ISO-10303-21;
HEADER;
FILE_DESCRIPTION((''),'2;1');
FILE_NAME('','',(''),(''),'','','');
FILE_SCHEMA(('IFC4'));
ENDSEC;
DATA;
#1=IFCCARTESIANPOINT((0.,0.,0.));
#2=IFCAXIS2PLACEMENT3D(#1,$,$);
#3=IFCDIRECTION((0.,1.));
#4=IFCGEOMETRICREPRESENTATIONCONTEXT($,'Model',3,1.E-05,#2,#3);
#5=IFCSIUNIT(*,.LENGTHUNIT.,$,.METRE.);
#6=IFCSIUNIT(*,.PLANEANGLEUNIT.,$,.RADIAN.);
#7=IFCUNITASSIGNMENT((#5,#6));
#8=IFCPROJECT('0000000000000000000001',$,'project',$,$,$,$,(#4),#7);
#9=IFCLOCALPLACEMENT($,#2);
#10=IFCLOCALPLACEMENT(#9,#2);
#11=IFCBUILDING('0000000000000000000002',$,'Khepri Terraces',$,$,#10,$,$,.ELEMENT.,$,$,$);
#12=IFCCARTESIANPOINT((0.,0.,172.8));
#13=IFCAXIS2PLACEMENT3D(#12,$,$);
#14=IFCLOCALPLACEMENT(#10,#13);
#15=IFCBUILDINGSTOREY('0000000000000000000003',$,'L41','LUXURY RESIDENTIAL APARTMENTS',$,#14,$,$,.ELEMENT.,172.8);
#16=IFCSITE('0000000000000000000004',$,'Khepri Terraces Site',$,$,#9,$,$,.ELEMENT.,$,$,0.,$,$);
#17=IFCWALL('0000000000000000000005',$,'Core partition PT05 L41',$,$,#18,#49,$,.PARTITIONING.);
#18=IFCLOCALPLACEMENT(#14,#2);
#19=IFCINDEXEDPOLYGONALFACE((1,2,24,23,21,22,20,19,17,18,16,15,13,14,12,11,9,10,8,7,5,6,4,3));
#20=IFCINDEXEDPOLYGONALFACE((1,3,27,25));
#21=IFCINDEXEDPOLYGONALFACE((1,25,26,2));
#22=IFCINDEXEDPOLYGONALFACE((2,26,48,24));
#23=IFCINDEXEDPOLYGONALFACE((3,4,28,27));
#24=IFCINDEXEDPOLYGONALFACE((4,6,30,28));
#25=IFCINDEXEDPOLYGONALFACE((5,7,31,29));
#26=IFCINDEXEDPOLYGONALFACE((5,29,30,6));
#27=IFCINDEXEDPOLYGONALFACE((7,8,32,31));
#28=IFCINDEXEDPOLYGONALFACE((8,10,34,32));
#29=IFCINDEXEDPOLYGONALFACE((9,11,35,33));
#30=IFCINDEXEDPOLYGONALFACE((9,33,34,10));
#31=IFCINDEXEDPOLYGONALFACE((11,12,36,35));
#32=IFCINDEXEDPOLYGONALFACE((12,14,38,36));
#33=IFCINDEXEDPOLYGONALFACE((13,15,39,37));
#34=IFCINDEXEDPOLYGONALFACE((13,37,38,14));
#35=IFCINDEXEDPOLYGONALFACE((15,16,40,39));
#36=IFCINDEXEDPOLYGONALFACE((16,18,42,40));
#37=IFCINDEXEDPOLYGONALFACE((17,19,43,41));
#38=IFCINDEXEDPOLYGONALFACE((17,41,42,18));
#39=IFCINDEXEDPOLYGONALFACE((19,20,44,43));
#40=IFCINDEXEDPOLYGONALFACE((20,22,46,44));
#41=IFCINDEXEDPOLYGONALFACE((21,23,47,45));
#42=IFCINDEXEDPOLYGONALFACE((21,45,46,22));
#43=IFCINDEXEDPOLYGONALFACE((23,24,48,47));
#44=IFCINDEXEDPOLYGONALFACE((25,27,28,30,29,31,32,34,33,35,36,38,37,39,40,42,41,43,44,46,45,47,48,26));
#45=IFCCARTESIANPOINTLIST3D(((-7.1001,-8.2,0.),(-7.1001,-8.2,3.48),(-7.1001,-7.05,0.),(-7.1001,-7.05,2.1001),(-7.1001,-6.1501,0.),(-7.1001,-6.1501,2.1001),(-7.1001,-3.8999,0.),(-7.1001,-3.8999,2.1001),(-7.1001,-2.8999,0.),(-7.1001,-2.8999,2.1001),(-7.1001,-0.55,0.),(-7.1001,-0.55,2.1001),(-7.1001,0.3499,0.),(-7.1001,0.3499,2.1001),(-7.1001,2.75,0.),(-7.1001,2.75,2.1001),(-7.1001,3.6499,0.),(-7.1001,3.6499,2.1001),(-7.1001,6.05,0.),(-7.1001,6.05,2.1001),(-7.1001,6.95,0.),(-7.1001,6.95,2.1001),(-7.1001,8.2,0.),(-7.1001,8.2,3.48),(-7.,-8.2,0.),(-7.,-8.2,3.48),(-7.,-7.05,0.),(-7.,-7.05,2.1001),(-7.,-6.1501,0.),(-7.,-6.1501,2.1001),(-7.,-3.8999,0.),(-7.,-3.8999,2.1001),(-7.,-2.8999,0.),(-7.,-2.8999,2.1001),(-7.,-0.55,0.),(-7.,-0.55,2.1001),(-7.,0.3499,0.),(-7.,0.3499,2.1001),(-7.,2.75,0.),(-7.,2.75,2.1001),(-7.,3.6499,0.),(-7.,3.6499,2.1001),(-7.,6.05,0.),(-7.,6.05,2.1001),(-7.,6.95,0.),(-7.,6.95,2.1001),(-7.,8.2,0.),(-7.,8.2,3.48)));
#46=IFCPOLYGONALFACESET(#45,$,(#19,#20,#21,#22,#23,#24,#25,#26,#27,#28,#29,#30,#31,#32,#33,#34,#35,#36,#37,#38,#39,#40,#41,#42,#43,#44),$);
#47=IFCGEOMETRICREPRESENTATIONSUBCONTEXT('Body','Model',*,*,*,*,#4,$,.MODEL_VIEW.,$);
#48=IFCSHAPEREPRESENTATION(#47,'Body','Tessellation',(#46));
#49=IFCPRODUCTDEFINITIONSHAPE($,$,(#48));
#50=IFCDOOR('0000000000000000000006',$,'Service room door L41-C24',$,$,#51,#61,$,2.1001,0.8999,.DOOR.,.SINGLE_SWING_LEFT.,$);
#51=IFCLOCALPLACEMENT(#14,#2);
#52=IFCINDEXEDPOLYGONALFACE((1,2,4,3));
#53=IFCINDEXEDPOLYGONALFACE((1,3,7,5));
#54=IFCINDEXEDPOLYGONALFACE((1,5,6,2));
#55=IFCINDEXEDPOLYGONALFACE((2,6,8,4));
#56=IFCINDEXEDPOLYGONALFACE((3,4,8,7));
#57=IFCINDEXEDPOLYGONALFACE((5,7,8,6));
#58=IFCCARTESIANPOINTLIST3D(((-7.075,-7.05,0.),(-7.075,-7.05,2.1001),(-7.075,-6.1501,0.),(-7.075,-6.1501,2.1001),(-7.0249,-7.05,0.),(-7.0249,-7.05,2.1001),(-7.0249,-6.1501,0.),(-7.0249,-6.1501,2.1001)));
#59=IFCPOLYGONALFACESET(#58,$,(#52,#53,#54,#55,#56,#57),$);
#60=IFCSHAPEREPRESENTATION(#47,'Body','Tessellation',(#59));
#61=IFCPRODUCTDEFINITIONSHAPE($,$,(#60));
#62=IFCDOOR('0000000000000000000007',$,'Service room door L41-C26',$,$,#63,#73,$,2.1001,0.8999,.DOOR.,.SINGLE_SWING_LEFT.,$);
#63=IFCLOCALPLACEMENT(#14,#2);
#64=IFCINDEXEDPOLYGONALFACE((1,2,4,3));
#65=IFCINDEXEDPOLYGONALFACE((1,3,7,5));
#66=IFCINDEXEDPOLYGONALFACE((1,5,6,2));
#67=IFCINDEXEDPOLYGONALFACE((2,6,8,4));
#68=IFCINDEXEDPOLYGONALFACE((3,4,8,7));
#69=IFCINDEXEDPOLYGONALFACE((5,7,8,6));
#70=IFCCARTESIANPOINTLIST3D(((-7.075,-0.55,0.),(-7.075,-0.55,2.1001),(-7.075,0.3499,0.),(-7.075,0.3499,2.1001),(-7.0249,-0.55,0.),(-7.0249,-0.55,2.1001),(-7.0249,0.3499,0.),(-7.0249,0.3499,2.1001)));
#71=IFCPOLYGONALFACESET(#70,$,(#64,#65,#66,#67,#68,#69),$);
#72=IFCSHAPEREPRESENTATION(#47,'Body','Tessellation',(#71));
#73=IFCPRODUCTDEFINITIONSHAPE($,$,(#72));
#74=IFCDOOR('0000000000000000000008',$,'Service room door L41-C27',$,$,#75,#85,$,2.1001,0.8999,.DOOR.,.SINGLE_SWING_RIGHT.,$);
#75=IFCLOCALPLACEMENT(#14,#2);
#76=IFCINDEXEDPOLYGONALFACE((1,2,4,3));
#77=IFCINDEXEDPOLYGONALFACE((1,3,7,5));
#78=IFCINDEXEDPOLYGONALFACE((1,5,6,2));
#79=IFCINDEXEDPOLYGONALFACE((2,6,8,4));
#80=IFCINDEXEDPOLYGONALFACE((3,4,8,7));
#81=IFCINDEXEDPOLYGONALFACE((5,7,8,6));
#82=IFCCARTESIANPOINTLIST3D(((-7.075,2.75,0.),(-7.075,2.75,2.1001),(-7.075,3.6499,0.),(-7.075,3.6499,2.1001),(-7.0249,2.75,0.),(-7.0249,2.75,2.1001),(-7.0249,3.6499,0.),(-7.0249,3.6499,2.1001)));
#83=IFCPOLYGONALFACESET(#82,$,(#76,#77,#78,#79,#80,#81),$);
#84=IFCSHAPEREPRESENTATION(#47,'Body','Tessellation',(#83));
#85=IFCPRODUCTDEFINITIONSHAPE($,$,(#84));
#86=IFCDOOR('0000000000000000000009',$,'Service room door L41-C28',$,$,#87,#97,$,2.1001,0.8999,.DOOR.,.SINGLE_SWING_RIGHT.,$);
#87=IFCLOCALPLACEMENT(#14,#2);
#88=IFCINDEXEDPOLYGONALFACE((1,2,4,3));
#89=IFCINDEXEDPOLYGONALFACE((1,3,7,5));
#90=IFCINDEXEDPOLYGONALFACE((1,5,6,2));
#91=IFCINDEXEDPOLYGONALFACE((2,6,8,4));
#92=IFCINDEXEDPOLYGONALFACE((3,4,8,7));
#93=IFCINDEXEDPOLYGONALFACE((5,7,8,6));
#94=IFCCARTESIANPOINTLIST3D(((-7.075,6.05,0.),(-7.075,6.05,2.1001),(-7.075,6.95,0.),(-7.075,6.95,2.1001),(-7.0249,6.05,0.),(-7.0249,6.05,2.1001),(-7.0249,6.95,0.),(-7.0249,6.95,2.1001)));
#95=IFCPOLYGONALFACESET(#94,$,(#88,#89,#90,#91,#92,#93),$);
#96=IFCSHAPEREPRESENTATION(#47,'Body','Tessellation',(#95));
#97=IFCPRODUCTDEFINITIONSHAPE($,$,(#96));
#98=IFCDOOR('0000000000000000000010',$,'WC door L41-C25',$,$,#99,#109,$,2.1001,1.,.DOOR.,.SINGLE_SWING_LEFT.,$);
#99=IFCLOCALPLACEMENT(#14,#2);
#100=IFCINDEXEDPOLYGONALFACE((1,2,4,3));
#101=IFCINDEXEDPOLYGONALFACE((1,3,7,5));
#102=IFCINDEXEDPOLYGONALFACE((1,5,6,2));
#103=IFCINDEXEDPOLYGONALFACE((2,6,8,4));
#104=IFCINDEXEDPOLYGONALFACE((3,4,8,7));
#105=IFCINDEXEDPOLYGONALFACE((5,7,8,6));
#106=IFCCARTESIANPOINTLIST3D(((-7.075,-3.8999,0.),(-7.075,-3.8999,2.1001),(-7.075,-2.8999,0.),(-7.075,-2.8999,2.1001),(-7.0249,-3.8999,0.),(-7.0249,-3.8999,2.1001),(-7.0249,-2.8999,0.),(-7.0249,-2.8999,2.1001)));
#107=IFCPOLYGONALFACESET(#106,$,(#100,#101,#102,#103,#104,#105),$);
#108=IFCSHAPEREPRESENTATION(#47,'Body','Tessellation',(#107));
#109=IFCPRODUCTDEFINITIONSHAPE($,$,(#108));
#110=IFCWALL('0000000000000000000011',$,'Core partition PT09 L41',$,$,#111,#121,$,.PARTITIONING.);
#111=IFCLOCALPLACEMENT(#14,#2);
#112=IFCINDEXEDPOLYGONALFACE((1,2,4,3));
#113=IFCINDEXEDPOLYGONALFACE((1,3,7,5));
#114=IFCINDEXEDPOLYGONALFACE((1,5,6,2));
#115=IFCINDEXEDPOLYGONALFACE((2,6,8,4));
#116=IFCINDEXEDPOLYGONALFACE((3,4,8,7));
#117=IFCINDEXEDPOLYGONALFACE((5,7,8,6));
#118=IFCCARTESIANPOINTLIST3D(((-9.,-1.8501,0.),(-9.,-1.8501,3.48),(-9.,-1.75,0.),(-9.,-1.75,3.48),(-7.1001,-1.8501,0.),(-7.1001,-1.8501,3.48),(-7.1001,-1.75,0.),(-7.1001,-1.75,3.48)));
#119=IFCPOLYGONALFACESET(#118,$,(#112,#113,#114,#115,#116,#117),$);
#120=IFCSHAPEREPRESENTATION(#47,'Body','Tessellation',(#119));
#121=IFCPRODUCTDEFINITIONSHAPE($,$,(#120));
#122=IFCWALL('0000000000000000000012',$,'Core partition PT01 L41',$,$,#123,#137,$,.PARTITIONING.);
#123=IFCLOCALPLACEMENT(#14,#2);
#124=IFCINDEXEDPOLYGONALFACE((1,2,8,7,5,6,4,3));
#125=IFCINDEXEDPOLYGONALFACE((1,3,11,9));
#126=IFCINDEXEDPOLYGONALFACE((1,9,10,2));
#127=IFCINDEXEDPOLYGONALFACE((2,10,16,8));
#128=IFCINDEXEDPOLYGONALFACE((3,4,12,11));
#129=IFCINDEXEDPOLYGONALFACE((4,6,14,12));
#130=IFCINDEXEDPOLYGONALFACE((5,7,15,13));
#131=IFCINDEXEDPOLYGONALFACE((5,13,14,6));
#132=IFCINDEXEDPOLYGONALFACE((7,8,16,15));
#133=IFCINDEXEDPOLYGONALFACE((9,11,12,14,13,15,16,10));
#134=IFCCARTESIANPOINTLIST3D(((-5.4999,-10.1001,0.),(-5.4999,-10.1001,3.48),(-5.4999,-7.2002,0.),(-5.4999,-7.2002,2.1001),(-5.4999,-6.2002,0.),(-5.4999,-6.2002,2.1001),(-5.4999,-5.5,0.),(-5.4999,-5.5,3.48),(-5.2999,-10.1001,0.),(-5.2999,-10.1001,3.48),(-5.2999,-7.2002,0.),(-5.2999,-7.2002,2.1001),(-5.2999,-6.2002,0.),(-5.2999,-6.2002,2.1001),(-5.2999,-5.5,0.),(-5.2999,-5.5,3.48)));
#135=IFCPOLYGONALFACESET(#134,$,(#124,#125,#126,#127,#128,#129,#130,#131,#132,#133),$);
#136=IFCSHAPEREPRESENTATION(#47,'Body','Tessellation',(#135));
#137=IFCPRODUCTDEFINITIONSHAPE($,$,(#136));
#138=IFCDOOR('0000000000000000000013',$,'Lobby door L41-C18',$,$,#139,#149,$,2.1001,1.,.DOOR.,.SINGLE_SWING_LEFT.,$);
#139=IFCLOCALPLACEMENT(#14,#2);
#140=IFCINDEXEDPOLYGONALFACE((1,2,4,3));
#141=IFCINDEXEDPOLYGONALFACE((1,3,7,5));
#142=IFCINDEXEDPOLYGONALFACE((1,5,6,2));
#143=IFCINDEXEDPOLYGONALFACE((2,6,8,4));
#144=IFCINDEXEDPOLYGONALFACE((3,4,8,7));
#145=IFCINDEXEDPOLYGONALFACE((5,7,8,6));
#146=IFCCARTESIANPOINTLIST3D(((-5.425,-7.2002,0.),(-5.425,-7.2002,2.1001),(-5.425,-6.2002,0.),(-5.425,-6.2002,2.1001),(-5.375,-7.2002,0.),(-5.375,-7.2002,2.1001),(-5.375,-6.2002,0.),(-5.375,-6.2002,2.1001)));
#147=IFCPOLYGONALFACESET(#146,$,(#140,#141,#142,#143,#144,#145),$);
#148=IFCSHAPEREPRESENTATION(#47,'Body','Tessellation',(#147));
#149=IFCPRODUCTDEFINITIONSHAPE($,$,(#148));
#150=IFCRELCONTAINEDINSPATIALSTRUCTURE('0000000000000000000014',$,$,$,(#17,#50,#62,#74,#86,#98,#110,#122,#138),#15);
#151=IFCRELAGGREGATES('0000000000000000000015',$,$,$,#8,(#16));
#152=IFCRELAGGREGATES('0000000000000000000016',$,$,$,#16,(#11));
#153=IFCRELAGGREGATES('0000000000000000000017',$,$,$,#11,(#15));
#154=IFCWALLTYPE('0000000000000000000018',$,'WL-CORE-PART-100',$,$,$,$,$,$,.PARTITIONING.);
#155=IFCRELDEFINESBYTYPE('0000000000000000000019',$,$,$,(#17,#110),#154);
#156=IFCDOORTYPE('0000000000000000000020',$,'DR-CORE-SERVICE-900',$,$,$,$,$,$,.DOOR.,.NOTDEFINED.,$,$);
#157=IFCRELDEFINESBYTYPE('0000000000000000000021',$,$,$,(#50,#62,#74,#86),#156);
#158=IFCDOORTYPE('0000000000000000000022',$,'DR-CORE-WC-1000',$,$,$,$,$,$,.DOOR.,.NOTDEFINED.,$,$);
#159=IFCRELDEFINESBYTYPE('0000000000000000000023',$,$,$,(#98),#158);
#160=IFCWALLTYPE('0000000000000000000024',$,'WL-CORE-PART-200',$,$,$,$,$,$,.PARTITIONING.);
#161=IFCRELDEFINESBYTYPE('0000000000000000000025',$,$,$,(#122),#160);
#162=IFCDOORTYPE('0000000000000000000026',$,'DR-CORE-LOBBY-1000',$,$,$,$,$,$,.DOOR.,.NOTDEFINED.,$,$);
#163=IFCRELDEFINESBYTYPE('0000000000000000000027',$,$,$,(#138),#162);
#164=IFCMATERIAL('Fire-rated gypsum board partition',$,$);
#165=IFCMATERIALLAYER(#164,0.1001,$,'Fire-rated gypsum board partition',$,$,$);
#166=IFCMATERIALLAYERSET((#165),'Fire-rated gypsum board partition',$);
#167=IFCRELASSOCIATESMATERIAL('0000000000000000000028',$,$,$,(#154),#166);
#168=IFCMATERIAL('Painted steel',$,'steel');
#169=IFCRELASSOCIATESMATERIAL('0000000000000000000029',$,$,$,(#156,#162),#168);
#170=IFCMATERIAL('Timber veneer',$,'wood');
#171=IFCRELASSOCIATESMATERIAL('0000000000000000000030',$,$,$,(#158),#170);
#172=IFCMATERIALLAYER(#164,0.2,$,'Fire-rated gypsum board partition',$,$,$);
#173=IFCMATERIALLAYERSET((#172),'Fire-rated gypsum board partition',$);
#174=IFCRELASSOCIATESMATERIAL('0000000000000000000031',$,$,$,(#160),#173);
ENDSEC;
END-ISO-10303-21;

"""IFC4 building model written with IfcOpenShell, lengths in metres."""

from ifc_helpers import new_model, si_unit, direction, frame, frame_2d, origin, place, context, subcontext, project, spatial, rectangle, extrude, material, layer, layer_set, type_object, element, fill, save


model = new_model("IFC4")

# Units and contexts
model_context = context("Model", 3, precision=1e-05, world=origin(), true_north=direction((0.0, 1.0)))
body_context = subcontext(model_context, "Body", "Model", "MODEL_VIEW")
ifc_project = project(units=[si_unit("LENGTHUNIT", "METRE"), si_unit("PLANEANGLEUNIT", "RADIAN")], contexts=[model_context])

# Site, building, storey
site_placement = place(None, origin())
site = spatial("IfcSite", under=ifc_project, at=site_placement, Name="Khepri Terraces Site", CompositionType="ELEMENT", RefElevation=0.0)
building_placement = place(site_placement, origin())
building = spatial("IfcBuilding", under=site, at=building_placement, Name="Khepri Terraces", CompositionType="ELEMENT")
storey_placement = place(building_placement, frame((0.0, 0.0, 172.8)))
storey = spatial("IfcBuildingStorey", under=building, at=storey_placement, Name="L41", Description="LUXURY RESIDENTIAL APARTMENTS", CompositionType="ELEMENT", Elevation=172.8)

# Shared definitions
ifc_material_1 = material(Name="Painted steel", Category="steel")

# Wall, openings, doors
ifc_material_2 = material(Name="Fire-rated gypsum board partition")
ifc_layer_1 = layer(ifc_material_2, 0.1001, Name="Fire-rated gypsum board partition")
ifc_layer_set_1 = layer_set([ifc_layer_1], Name="Fire-rated gypsum board partition")
wall_type_1 = type_object("IfcWallType", Name="WL-CORE-PART-100", PredefinedType="PARTITIONING", material=ifc_layer_set_1)
wall_1_placement = place(storey_placement, frame((-7.05, -8.2, 0.0), z_axis=(0.0, 0.0, 1.0), x_axis=(0.0, 1.0, 0.0)))
wall_1 = element("IfcWall", 1, at=wall_1_placement, inside=storey, type_object=wall_type_1, Name="Core partition PT05 L41", PredefinedType="PARTITIONING", context=body_context, shape_type="SweptSolid", body=[
    extrude(rectangle(XDim=16.3999, YDim=0.1001, at=frame_2d((8.2, 0.0))), origin(), (0.0, 0.0, 1.0), 3.48),
])
opening_1_placement = place(wall_1_placement, frame((1.1499, 0.0, 0.0)))
opening_1 = element("IfcOpeningElement", 2, at=opening_1_placement, cuts=wall_1, PredefinedType="OPENING", context=body_context, shape_type="SweptSolid", body=[
    extrude(rectangle(XDim=0.8999, YDim=2.1001, at=frame_2d((0.45, 1.05))), frame((0.0, 0.0601, 0.0), z_axis=(0.0, -1.0, 0.0), x_axis=(1.0, 0.0, 0.0)), (0.0, 0.0, 1.0), 0.1201),
])
opening_2_placement = place(wall_1_placement, frame((4.3, 0.0, 0.0)))
opening_2 = element("IfcOpeningElement", 3, at=opening_2_placement, cuts=wall_1, PredefinedType="OPENING", context=body_context, shape_type="SweptSolid", body=[
    extrude(rectangle(XDim=1.0, YDim=2.1001, at=frame_2d((0.5, 1.05))), frame((0.0, 0.0601, 0.0), z_axis=(0.0, -1.0, 0.0), x_axis=(1.0, 0.0, 0.0)), (0.0, 0.0, 1.0), 0.1201),
])
opening_3_placement = place(wall_1_placement, frame((7.6499, 0.0, 0.0)))
opening_3 = element("IfcOpeningElement", 4, at=opening_3_placement, cuts=wall_1, PredefinedType="OPENING", context=body_context, shape_type="SweptSolid", body=[
    extrude(rectangle(XDim=0.8999, YDim=2.1001, at=frame_2d((0.45, 1.05))), frame((0.0, 0.0601, 0.0), z_axis=(0.0, -1.0, 0.0), x_axis=(1.0, 0.0, 0.0)), (0.0, 0.0, 1.0), 0.1201),
])
opening_4_placement = place(wall_1_placement, frame((10.95, 0.0, 0.0)))
opening_4 = element("IfcOpeningElement", 5, at=opening_4_placement, cuts=wall_1, PredefinedType="OPENING", context=body_context, shape_type="SweptSolid", body=[
    extrude(rectangle(XDim=0.8999, YDim=2.1001, at=frame_2d((0.45, 1.05))), frame((0.0, 0.0601, 0.0), z_axis=(0.0, -1.0, 0.0), x_axis=(1.0, 0.0, 0.0)), (0.0, 0.0, 1.0), 0.1201),
])
opening_5_placement = place(wall_1_placement, frame((14.25, 0.0, 0.0)))
opening_5 = element("IfcOpeningElement", 6, at=opening_5_placement, cuts=wall_1, PredefinedType="OPENING", context=body_context, shape_type="SweptSolid", body=[
    extrude(rectangle(XDim=0.8999, YDim=2.1001, at=frame_2d((0.45, 1.05))), frame((0.0, 0.0601, 0.0), z_axis=(0.0, -1.0, 0.0), x_axis=(1.0, 0.0, 0.0)), (0.0, 0.0, 1.0), 0.1201),
])
door_type_1 = type_object("IfcDoorType", Name="DR-CORE-SERVICE-900", OperationType="NOTDEFINED", PredefinedType="DOOR", material=ifc_material_1)
door_1_placement = place(opening_1_placement, origin())
door_1 = element("IfcDoor", 7, at=door_1_placement, inside=storey, type_object=door_type_1, Name="Service room door L41-C24", OperationType="SINGLE_SWING_LEFT", OverallHeight=2.1001, OverallWidth=0.8999, PredefinedType="DOOR", context=body_context, shape_type="SweptSolid", body=[
    extrude(rectangle(XDim=0.8999, YDim=2.1001, at=frame_2d((0.45, 1.05))), frame((0.0, 0.0249, 0.0), z_axis=(0.0, -1.0, 0.0), x_axis=(1.0, 0.0, 0.0)), (0.0, 0.0, 1.0), 0.05),
])
fill(opening_1, door_1)
door_2_placement = place(opening_3_placement, origin())
door_2 = element("IfcDoor", 8, at=door_2_placement, inside=storey, type_object=door_type_1, Name="Service room door L41-C26", OperationType="SINGLE_SWING_LEFT", OverallHeight=2.1001, OverallWidth=0.8999, PredefinedType="DOOR", context=body_context, shape_type="SweptSolid", body=[
    extrude(rectangle(XDim=0.8999, YDim=2.1001, at=frame_2d((0.45, 1.05))), frame((0.0, 0.0249, 0.0), z_axis=(0.0, -1.0, 0.0), x_axis=(1.0, 0.0, 0.0)), (0.0, 0.0, 1.0), 0.05),
])
fill(opening_3, door_2)
door_3_placement = place(opening_4_placement, origin())
door_3 = element("IfcDoor", 9, at=door_3_placement, inside=storey, type_object=door_type_1, Name="Service room door L41-C27", OperationType="SINGLE_SWING_RIGHT", OverallHeight=2.1001, OverallWidth=0.8999, PredefinedType="DOOR", context=body_context, shape_type="SweptSolid", body=[
    extrude(rectangle(XDim=0.8999, YDim=2.1001, at=frame_2d((0.45, 1.05))), frame((0.0, 0.0249, 0.0), z_axis=(0.0, -1.0, 0.0), x_axis=(1.0, 0.0, 0.0)), (0.0, 0.0, 1.0), 0.05),
])
fill(opening_4, door_3)
door_4_placement = place(opening_5_placement, origin())
door_4 = element("IfcDoor", 10, at=door_4_placement, inside=storey, type_object=door_type_1, Name="Service room door L41-C28", OperationType="SINGLE_SWING_RIGHT", OverallHeight=2.1001, OverallWidth=0.8999, PredefinedType="DOOR", context=body_context, shape_type="SweptSolid", body=[
    extrude(rectangle(XDim=0.8999, YDim=2.1001, at=frame_2d((0.45, 1.05))), frame((0.0, 0.0249, 0.0), z_axis=(0.0, -1.0, 0.0), x_axis=(1.0, 0.0, 0.0)), (0.0, 0.0, 1.0), 0.05),
])
fill(opening_5, door_4)
ifc_material_3 = material(Name="Timber veneer", Category="wood")
door_type_2 = type_object("IfcDoorType", Name="DR-CORE-WC-1000", OperationType="NOTDEFINED", PredefinedType="DOOR", material=ifc_material_3)
door_5_placement = place(opening_2_placement, origin())
door_5 = element("IfcDoor", 11, at=door_5_placement, inside=storey, type_object=door_type_2, Name="WC door L41-C25", OperationType="SINGLE_SWING_LEFT", OverallHeight=2.1001, OverallWidth=1.0, PredefinedType="DOOR", context=body_context, shape_type="SweptSolid", body=[
    extrude(rectangle(XDim=1.0, YDim=2.1001, at=frame_2d((0.5, 1.05))), frame((0.0, 0.0249, 0.0), z_axis=(0.0, -1.0, 0.0), x_axis=(1.0, 0.0, 0.0)), (0.0, 0.0, 1.0), 0.05),
])
fill(opening_2, door_5)

# Wall
wall_2_placement = place(storey_placement, frame((-9.0, -1.8, 0.0), z_axis=(0.0, 0.0, 1.0), x_axis=(1.0, 0.0, 0.0)))
element("IfcWall", 12, at=wall_2_placement, inside=storey, type_object=wall_type_1, Name="Core partition PT09 L41", PredefinedType="PARTITIONING", context=body_context, shape_type="SweptSolid", body=[
    extrude(rectangle(XDim=1.8999, YDim=0.1001, at=frame_2d((0.95, 0.0))), origin(), (0.0, 0.0, 1.0), 3.48),
])

# Wall, opening, door
ifc_layer_2 = layer(ifc_material_2, 0.2, Name="Fire-rated gypsum board partition")
ifc_layer_set_2 = layer_set([ifc_layer_2], Name="Fire-rated gypsum board partition")
wall_type_2 = type_object("IfcWallType", Name="WL-CORE-PART-200", PredefinedType="PARTITIONING", material=ifc_layer_set_2)
wall_3_placement = place(storey_placement, frame((-5.3999, -10.1001, 0.0), z_axis=(0.0, 0.0, 1.0), x_axis=(0.0, 1.0, 0.0)))
wall_3 = element("IfcWall", 13, at=wall_3_placement, inside=storey, type_object=wall_type_2, Name="Core partition PT01 L41", PredefinedType="PARTITIONING", context=body_context, shape_type="SweptSolid", body=[
    extrude(rectangle(XDim=4.6001, YDim=0.2, at=frame_2d((2.3, 0.0))), origin(), (0.0, 0.0, 1.0), 3.48),
])
opening_6_placement = place(wall_3_placement, frame((2.8999, 0.0, 0.0)))
opening_6 = element("IfcOpeningElement", 14, at=opening_6_placement, cuts=wall_3, PredefinedType="OPENING", context=body_context, shape_type="SweptSolid", body=[
    extrude(rectangle(XDim=1.0, YDim=2.1001, at=frame_2d((0.5, 1.05))), frame((0.0, 0.1099, 0.0), z_axis=(0.0, -1.0, 0.0), x_axis=(1.0, 0.0, 0.0)), (0.0, 0.0, 1.0), 0.22),
])
door_type_3 = type_object("IfcDoorType", Name="DR-CORE-LOBBY-1000", OperationType="NOTDEFINED", PredefinedType="DOOR", material=ifc_material_1)
door_6_placement = place(opening_6_placement, frame((1.0, 0.0, 0.0), z_axis=(0.0, 0.0, 1.0), x_axis=(-1.0, 0.0, 0.0)))
door_6 = element("IfcDoor", 15, at=door_6_placement, inside=storey, type_object=door_type_3, Name="Lobby door L41-C18", OperationType="SINGLE_SWING_LEFT", OverallHeight=2.1001, OverallWidth=1.0, PredefinedType="DOOR", context=body_context, shape_type="SweptSolid", body=[
    extrude(rectangle(XDim=1.0, YDim=2.1001, at=frame_2d((0.5, 1.05))), frame((0.0, 0.0249, 0.0), z_axis=(0.0, -1.0, 0.0), x_axis=(1.0, 0.0, 0.0)), (0.0, 0.0, 1.0), 0.05),
])
fill(opening_6, door_6)

save(model, "model.ifc")
